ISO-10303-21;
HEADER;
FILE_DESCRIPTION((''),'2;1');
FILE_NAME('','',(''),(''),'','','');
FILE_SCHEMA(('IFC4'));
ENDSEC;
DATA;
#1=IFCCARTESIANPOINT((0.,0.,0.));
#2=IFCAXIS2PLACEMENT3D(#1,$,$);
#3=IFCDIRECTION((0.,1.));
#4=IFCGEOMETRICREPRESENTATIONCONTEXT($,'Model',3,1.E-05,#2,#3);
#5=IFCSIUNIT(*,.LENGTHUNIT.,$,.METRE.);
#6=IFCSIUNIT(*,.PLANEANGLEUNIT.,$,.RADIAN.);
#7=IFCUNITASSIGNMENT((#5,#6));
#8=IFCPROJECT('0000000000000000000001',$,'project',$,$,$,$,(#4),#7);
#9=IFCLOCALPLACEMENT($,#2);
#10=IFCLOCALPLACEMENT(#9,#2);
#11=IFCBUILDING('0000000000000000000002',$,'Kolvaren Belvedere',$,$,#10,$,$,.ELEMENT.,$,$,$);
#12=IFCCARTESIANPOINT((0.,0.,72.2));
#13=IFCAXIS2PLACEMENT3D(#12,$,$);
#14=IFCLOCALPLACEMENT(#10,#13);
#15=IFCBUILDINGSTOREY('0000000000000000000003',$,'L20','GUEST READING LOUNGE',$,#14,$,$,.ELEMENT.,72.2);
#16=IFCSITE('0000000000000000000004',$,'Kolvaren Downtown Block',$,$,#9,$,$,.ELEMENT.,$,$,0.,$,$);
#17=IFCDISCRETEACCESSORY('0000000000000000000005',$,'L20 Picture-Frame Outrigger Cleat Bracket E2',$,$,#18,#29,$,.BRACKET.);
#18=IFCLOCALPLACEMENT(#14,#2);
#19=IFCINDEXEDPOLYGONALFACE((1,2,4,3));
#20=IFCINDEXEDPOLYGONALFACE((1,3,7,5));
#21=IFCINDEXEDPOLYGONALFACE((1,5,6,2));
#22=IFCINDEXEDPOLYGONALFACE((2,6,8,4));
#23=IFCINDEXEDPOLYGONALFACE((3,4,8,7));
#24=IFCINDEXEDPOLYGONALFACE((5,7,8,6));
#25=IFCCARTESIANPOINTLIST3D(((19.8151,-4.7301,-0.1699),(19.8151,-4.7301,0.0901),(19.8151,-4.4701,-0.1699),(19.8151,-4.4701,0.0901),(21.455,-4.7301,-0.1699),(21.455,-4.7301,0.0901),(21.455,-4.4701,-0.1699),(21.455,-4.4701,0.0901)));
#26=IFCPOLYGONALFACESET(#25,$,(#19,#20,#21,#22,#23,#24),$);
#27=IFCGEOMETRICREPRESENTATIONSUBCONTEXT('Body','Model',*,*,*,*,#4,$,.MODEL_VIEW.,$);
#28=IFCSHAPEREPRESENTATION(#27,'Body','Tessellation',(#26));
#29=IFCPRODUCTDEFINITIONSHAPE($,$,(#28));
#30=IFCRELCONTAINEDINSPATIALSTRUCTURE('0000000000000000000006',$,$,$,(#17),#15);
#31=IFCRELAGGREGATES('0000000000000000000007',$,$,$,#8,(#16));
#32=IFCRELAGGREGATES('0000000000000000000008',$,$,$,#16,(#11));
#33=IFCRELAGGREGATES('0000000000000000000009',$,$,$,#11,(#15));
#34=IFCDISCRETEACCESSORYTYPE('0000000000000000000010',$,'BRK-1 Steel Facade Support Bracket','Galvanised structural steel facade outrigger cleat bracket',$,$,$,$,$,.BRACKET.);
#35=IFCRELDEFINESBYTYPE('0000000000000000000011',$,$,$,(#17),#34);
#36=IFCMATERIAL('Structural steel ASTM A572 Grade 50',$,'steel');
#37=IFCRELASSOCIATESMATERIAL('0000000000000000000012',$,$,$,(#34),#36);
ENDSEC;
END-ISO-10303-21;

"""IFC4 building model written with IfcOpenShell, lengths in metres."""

from ifc_helpers import new_model, si_unit, direction, frame, origin, origin_2d, place, context, subcontext, project, spatial, rectangle, extrude, material, type_object, element, save


model = new_model("IFC4")

# Units and contexts
model_context = context("Model", 3, precision=1e-05, world=origin(), true_north=direction((0.0, 1.0)))
body_context = subcontext(model_context, "Body", "Model", "MODEL_VIEW")
ifc_project = project(units=[si_unit("LENGTHUNIT", "METRE"), si_unit("PLANEANGLEUNIT", "RADIAN")], contexts=[model_context])

# Site, building, storey
site_placement = place(None, origin())
site = spatial("IfcSite", under=ifc_project, at=site_placement, Name="Kolvaren Downtown Block", CompositionType="ELEMENT", RefElevation=0.0)
building_placement = place(site_placement, origin())
building = spatial("IfcBuilding", under=site, at=building_placement, Name="Kolvaren Belvedere", CompositionType="ELEMENT")
storey_placement = place(building_placement, frame((0.0, 0.0, 72.2)))
storey = spatial("IfcBuildingStorey", under=building, at=storey_placement, Name="L20", Description="GUEST READING LOUNGE", CompositionType="ELEMENT", Elevation=72.2)

# Discrete accessory
ifc_material_1 = material(Name="Structural steel ASTM A572 Grade 50", Category="steel")
discrete_accessory_type = type_object("IfcDiscreteAccessoryType", Name="BRK-1 Steel Facade Support Bracket", Description="Galvanised structural steel facade outrigger cleat bracket", PredefinedType="BRACKET", material=ifc_material_1)
discrete_accessory_placement = place(storey_placement, frame((20.635, -4.6001, -0.1699), z_axis=(0.0, 0.0, 1.0), x_axis=(1.0, 0.0, 0.0)))
element("IfcDiscreteAccessory", 1, at=discrete_accessory_placement, inside=storey, type_object=discrete_accessory_type, Name="L20 Picture-Frame Outrigger Cleat Bracket E2", PredefinedType="BRACKET", context=body_context, shape_type="SweptSolid", body=[
    extrude(rectangle(XDim=1.6399, YDim=0.26, at=origin_2d()), origin(), (0.0, 0.0, 1.0), 0.26),
])

save(model, "model.ifc")
